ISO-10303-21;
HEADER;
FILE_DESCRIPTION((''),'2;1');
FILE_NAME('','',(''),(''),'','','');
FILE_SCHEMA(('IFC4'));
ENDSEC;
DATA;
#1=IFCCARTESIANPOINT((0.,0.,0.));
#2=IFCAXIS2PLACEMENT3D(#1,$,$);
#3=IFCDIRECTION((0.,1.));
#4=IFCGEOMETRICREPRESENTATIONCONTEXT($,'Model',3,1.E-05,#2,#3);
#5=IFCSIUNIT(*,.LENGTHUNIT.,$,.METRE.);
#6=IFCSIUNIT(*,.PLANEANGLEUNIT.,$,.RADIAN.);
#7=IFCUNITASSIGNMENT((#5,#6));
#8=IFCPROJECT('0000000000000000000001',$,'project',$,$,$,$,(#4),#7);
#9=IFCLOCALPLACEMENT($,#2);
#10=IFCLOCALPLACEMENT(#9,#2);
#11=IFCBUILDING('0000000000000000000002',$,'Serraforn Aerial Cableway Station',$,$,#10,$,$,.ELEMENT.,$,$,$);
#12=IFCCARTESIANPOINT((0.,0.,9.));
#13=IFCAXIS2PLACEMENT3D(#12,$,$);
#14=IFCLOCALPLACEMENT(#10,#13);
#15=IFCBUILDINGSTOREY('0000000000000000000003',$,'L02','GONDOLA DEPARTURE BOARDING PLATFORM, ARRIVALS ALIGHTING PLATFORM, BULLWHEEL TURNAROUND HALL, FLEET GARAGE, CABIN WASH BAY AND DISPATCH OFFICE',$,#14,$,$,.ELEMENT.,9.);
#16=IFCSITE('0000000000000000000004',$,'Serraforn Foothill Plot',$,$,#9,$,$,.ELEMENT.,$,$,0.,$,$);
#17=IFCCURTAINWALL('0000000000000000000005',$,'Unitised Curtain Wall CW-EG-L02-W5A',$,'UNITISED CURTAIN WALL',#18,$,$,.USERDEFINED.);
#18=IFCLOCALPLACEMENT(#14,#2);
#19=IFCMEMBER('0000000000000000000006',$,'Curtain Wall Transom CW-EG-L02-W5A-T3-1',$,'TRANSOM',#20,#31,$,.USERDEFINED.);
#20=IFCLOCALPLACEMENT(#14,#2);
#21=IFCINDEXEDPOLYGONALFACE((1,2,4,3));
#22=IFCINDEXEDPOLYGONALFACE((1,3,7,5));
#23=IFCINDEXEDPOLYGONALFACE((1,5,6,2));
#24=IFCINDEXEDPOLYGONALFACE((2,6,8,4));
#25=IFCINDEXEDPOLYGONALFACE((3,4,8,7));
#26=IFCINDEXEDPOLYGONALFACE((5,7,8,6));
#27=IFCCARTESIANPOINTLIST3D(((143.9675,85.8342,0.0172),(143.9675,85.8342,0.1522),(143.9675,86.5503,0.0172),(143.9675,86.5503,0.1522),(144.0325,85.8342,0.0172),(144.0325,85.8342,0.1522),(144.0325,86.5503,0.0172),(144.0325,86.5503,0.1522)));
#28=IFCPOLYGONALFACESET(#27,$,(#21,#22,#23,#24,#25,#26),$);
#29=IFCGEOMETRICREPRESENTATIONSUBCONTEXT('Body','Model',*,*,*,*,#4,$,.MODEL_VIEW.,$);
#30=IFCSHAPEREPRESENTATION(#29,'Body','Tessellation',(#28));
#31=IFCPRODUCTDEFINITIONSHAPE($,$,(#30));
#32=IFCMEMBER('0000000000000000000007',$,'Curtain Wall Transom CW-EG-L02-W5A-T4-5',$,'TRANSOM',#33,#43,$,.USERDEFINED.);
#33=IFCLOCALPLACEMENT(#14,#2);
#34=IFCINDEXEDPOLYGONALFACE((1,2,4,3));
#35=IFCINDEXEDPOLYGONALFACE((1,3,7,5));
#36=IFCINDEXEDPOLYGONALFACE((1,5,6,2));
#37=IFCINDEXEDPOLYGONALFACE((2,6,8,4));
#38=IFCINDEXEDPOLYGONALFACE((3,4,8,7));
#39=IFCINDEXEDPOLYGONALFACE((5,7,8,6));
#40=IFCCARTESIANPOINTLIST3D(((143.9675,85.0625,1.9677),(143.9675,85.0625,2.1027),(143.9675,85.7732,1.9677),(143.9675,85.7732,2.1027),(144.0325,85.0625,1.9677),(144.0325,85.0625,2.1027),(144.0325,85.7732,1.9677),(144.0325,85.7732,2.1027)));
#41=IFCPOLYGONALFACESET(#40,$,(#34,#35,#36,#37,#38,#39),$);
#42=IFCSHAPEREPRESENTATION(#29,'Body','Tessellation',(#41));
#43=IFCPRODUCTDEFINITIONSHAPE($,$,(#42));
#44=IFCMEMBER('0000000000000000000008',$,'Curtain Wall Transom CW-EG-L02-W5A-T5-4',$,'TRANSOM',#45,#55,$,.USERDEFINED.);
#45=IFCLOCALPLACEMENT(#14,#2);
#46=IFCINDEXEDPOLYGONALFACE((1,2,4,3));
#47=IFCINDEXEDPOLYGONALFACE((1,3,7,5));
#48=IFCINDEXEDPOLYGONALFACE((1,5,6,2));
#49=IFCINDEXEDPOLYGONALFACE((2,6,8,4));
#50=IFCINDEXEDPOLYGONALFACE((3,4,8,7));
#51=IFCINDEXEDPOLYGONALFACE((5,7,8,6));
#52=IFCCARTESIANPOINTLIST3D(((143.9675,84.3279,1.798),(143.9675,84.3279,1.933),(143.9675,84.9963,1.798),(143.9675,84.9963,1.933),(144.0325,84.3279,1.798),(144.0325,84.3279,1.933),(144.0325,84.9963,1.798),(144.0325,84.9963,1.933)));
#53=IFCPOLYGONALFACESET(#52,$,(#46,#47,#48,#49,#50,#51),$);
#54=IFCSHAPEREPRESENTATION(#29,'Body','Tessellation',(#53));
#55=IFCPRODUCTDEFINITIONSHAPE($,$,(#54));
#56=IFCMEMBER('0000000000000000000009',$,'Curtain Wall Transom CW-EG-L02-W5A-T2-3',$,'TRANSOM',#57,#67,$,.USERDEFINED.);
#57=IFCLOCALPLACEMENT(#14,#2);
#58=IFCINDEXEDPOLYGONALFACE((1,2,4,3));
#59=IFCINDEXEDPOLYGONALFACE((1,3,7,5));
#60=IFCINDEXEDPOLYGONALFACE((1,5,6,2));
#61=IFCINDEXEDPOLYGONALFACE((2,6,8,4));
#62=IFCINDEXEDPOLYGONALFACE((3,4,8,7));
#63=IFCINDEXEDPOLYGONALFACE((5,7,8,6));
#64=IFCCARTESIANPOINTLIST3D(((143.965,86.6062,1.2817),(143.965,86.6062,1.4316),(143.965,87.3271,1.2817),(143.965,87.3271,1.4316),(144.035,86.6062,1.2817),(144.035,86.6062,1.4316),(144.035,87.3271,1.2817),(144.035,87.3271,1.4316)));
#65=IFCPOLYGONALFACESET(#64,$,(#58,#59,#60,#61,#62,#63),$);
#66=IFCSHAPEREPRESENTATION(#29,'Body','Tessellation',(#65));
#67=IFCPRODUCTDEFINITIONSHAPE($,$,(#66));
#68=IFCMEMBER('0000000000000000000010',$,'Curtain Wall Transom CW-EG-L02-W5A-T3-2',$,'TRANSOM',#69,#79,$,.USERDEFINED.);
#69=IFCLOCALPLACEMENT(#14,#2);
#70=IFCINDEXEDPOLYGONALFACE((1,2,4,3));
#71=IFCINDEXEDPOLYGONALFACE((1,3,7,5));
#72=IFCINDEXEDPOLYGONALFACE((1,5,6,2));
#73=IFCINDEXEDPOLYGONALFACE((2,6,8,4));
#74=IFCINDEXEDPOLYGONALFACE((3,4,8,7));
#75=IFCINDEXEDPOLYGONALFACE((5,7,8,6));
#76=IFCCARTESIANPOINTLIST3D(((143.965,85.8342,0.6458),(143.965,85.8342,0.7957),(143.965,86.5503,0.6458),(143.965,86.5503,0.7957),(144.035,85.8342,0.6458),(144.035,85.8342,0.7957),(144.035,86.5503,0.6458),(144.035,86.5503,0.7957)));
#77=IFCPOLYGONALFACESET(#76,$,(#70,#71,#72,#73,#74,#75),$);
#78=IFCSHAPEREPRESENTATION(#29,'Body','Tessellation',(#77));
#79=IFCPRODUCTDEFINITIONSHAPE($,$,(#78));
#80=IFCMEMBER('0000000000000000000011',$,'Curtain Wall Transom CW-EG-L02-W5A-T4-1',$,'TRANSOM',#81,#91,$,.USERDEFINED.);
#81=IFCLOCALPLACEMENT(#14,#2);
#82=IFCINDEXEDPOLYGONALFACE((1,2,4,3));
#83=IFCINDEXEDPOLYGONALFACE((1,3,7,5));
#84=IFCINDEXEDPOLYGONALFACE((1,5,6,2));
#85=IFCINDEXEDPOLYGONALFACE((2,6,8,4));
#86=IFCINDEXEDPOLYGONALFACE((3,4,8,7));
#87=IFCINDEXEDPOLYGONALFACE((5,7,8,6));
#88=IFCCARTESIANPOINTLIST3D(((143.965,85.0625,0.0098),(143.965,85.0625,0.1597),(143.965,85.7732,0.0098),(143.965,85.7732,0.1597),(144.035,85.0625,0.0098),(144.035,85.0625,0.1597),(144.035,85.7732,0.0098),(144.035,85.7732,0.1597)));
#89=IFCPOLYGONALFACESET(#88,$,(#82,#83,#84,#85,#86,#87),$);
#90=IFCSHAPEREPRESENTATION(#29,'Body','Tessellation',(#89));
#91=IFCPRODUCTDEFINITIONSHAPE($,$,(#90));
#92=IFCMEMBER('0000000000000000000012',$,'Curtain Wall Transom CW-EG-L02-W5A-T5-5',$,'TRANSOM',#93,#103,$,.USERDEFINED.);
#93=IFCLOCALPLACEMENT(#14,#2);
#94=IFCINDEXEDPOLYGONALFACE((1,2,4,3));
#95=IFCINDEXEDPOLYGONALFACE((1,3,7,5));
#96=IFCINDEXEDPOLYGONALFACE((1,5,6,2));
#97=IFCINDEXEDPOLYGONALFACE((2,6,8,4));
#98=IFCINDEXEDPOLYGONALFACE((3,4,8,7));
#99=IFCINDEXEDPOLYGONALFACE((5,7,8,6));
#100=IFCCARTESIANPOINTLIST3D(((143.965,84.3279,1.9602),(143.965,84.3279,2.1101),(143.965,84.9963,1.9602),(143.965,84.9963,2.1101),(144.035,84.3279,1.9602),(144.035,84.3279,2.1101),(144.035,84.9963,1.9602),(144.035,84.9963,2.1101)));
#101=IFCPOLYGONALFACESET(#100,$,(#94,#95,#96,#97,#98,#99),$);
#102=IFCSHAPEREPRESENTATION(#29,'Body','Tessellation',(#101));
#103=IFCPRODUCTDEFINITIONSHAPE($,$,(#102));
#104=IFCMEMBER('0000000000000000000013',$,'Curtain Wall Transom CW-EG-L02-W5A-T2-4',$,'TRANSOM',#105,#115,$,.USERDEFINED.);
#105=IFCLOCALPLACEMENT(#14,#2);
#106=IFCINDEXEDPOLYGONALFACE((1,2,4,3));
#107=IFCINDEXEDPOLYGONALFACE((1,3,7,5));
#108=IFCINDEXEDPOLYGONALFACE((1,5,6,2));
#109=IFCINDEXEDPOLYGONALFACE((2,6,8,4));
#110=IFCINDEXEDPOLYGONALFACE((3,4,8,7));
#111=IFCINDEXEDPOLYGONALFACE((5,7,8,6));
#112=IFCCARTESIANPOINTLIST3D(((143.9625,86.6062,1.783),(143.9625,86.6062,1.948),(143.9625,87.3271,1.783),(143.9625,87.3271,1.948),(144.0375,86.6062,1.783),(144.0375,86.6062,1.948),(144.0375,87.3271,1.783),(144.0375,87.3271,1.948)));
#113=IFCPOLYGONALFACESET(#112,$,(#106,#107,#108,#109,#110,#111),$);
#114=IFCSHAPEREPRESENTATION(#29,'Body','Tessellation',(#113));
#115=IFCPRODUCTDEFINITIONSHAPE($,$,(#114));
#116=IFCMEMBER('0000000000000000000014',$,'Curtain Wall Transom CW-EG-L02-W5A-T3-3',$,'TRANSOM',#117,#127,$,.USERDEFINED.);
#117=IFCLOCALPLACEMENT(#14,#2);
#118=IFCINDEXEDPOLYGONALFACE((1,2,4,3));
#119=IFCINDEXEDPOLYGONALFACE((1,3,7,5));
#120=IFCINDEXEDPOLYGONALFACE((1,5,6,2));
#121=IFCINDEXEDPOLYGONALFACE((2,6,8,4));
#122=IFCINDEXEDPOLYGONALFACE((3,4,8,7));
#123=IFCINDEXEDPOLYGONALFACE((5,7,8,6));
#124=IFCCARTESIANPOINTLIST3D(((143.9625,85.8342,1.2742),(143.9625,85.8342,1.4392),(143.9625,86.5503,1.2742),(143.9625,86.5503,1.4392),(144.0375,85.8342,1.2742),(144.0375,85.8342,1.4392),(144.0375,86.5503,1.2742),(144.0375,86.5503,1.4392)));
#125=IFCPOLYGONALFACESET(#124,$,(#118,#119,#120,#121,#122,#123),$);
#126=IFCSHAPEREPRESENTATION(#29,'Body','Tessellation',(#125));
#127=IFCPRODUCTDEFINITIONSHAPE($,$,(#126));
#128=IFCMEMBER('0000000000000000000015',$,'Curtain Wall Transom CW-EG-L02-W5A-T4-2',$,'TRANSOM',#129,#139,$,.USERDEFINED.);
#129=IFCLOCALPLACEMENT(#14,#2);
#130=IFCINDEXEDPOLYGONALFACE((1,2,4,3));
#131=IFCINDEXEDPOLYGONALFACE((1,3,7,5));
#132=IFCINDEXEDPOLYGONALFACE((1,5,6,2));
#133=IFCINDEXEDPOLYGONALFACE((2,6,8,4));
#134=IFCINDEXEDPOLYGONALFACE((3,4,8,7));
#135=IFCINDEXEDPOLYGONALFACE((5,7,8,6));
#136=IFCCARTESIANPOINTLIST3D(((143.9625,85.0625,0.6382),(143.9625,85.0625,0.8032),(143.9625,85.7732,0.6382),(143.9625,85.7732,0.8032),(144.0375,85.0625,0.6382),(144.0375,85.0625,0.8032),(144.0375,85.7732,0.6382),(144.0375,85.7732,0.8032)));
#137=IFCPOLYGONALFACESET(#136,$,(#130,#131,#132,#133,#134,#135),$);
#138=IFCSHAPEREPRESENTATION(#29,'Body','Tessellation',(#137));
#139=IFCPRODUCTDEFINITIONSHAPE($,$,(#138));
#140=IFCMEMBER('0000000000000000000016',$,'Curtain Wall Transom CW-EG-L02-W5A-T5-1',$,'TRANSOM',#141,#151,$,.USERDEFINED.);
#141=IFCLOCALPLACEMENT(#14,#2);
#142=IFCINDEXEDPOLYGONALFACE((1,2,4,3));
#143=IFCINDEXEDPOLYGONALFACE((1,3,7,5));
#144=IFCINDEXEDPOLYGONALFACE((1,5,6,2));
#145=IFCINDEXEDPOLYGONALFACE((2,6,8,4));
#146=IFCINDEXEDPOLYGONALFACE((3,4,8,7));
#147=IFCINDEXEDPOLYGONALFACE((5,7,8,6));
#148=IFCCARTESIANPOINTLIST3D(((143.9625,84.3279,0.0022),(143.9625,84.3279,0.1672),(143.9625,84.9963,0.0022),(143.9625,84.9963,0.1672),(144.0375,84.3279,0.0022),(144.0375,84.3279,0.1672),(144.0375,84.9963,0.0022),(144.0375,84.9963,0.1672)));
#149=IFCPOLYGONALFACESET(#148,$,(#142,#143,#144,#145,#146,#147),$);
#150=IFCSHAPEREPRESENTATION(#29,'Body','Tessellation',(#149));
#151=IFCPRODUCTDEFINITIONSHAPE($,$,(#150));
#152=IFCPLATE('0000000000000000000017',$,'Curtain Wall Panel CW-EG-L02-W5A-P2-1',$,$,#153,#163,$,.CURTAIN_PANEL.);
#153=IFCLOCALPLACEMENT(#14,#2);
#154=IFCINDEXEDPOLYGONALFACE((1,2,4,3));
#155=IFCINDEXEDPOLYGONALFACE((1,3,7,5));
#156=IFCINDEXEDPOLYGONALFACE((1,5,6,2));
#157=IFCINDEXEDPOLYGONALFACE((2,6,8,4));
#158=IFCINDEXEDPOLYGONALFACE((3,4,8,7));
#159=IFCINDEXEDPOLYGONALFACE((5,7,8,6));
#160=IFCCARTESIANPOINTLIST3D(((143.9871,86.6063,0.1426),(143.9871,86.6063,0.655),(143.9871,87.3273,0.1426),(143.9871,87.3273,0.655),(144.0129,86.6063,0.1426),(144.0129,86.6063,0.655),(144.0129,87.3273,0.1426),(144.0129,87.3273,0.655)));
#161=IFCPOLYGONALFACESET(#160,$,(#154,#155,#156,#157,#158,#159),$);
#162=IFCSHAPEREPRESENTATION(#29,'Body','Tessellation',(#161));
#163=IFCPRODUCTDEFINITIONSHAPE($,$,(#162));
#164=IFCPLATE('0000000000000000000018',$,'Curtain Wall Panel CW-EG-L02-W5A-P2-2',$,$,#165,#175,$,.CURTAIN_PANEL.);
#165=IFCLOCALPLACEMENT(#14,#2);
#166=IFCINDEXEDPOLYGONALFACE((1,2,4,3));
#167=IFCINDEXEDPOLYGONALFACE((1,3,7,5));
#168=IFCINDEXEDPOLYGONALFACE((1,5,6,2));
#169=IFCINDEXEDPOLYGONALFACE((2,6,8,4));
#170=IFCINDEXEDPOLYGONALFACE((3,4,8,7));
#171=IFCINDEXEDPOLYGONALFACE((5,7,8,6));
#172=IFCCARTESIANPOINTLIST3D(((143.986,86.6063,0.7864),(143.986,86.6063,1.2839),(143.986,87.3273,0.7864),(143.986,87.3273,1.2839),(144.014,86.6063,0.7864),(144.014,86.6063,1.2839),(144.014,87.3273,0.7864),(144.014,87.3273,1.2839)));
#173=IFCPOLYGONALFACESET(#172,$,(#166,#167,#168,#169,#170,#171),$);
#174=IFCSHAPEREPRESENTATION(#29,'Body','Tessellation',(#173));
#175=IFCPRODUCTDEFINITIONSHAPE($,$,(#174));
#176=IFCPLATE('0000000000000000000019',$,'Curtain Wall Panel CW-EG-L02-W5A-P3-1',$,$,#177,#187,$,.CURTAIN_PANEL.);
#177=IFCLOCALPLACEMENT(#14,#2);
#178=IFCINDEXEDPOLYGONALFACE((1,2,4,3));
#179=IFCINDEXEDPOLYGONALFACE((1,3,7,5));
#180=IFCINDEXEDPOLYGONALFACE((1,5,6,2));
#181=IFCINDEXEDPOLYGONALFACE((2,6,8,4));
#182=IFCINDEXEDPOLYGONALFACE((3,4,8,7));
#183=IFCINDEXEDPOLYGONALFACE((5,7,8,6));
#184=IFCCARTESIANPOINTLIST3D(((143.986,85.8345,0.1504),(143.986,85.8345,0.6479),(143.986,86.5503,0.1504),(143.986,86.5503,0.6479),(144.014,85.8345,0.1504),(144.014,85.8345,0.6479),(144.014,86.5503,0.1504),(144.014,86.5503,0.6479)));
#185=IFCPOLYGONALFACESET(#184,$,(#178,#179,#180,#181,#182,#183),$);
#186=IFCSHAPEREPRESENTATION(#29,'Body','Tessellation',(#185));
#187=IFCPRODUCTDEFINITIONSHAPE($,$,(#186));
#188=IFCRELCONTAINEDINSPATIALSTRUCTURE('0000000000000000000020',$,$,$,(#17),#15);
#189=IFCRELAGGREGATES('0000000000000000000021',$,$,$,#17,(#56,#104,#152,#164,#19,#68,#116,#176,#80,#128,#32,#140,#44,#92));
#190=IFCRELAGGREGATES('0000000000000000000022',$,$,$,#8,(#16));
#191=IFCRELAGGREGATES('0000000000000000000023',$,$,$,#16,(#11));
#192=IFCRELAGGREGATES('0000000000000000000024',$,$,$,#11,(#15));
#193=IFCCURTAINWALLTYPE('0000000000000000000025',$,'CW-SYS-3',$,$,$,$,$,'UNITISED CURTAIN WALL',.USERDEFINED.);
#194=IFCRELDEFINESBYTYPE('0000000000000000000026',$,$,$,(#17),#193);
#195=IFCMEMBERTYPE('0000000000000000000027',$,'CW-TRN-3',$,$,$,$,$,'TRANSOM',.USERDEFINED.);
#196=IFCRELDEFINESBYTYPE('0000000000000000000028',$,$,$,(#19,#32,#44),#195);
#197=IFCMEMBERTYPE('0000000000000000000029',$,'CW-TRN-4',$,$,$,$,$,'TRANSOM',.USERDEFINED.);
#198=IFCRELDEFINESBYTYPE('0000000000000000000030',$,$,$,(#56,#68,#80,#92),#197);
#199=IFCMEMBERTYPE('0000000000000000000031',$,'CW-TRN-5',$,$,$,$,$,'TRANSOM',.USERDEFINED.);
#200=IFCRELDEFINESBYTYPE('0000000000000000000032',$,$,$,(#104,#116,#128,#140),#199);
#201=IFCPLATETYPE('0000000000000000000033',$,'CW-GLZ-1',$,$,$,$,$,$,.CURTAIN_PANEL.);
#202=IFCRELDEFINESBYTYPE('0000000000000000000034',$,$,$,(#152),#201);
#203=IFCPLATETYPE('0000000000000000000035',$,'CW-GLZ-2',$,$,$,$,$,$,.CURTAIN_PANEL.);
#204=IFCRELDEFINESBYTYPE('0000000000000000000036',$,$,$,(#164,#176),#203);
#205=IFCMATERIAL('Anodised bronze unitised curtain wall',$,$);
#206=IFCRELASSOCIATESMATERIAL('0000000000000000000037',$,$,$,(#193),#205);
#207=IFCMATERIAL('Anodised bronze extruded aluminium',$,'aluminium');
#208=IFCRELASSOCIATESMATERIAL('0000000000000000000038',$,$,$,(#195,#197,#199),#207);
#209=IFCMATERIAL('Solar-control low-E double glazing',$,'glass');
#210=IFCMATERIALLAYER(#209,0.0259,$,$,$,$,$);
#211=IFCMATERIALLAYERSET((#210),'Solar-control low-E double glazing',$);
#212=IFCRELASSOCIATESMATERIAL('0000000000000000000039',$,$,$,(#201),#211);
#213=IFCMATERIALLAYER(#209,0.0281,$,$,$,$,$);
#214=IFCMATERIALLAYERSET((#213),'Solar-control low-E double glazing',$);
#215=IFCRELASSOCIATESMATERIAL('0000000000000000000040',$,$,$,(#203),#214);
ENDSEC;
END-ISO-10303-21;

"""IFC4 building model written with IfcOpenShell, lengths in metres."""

from ifc_helpers import new_model, si_unit, direction, frame, origin, origin_2d, place, context, subcontext, project, spatial, rectangle, extrude, material, layer, layer_set, material_profile, profile_set, type_object, element, aggregate, save


model = new_model("IFC4")

# Units and contexts
model_context = context("Model", 3, precision=1e-05, world=origin(), true_north=direction((0.0, 1.0)))
body_context = subcontext(model_context, "Body", "Model", "MODEL_VIEW")
ifc_project = project(units=[si_unit("LENGTHUNIT", "METRE"), si_unit("PLANEANGLEUNIT", "RADIAN")], contexts=[model_context])

# Site, building, storey
site_placement = place(None, origin())
site = spatial("IfcSite", under=ifc_project, at=site_placement, Name="Serraforn Foothill Plot", CompositionType="ELEMENT", RefElevation=0.0)
building_placement = place(site_placement, origin())
building = spatial("IfcBuilding", under=site, at=building_placement, Name="Serraforn Aerial Cableway Station", CompositionType="ELEMENT")
storey_placement = place(building_placement, frame((0.0, 0.0, 9.0)))
storey = spatial("IfcBuildingStorey", under=building, at=storey_placement, Name="L02", Description="GONDOLA DEPARTURE BOARDING PLATFORM, ARRIVALS ALIGHTING PLATFORM, BULLWHEEL TURNAROUND HALL, FLEET GARAGE, CABIN WASH BAY AND DISPATCH OFFICE", CompositionType="ELEMENT", Elevation=9.0)

# Curtain wall, members, plates
ifc_material_1 = material(Name="Anodised bronze unitised curtain wall")
curtain_wall_type = type_object("IfcCurtainWallType", Name="CW-SYS-3", ElementType="UNITISED CURTAIN WALL", PredefinedType="USERDEFINED", material=ifc_material_1)
curtain_wall_placement = place(storey_placement, origin())
curtain_wall = element("IfcCurtainWall", 1, at=curtain_wall_placement, inside=storey, type_object=curtain_wall_type, Name="Unitised Curtain Wall CW-EG-L02-W5A", ObjectType="UNITISED CURTAIN WALL", PredefinedType="USERDEFINED")
ifc_material_2 = material(Name="Anodised bronze extruded aluminium", Category="aluminium")
ifc_material_profile_1 = material_profile(ifc_material_2, rectangle(XDim=0.0649, YDim=0.135, at=origin_2d()), Name="CW TRANSOM 65x135")
ifc_profile_set_1 = profile_set([ifc_material_profile_1], Name="Anodised bronze extruded aluminium")
member_type_1 = type_object("IfcMemberType", Name="CW-TRN-3", ElementType="TRANSOM", PredefinedType="USERDEFINED", material=ifc_profile_set_1)
member_1_placement = place(storey_placement, frame((144.0, 86.5503, 0.0847), z_axis=(0.0, -1.0, 0.0), x_axis=(1.0, 0.0, 0.0)))
member_1 = element("IfcMember", 2, at=member_1_placement, type_object=member_type_1, Name="Curtain Wall Transom CW-EG-L02-W5A-T3-1", ObjectType="TRANSOM", PredefinedType="USERDEFINED", context=body_context, shape_type="SweptSolid", body=[
    extrude(rectangle(XDim=0.0649, YDim=0.135, at=origin_2d()), origin(), (0.0, 0.0, 1.0), 0.7161),
])
member_2_placement = place(storey_placement, frame((144.0, 85.7732, 2.0352), z_axis=(0.0, -1.0, 0.0), x_axis=(1.0, 0.0, 0.0)))
member_2 = element("IfcMember", 3, at=member_2_placement, type_object=member_type_1, Name="Curtain Wall Transom CW-EG-L02-W5A-T4-5", ObjectType="TRANSOM", PredefinedType="USERDEFINED", context=body_context, shape_type="SweptSolid", body=[
    extrude(rectangle(XDim=0.0649, YDim=0.135, at=origin_2d()), origin(), (0.0, 0.0, 1.0), 0.7107),
])
member_3_placement = place(storey_placement, frame((144.0, 84.9963, 1.8655), z_axis=(0.0, -1.0, 0.0), x_axis=(1.0, 0.0, 0.0)))
member_3 = element("IfcMember", 4, at=member_3_placement, type_object=member_type_1, Name="Curtain Wall Transom CW-EG-L02-W5A-T5-4", ObjectType="TRANSOM", PredefinedType="USERDEFINED", context=body_context, shape_type="SweptSolid", body=[
    extrude(rectangle(XDim=0.0649, YDim=0.135, at=origin_2d()), origin(), (0.0, 0.0, 1.0), 0.6685),
])
ifc_material_profile_2 = material_profile(ifc_material_2, rectangle(XDim=0.0701, YDim=0.1499, at=origin_2d()), Name="CW TRANSOM 70x150")
ifc_profile_set_2 = profile_set([ifc_material_profile_2], Name="Anodised bronze extruded aluminium")
member_type_2 = type_object("IfcMemberType", Name="CW-TRN-4", ElementType="TRANSOM", PredefinedType="USERDEFINED", material=ifc_profile_set_2)
member_4_placement = place(storey_placement, frame((144.0, 87.3271, 1.3567), z_axis=(0.0, -1.0, 0.0), x_axis=(1.0, 0.0, 0.0)))
member_4 = element("IfcMember", 5, at=member_4_placement, type_object=member_type_2, Name="Curtain Wall Transom CW-EG-L02-W5A-T2-3", ObjectType="TRANSOM", PredefinedType="USERDEFINED", context=body_context, shape_type="SweptSolid", body=[
    extrude(rectangle(XDim=0.0701, YDim=0.1499, at=origin_2d()), origin(), (0.0, 0.0, 1.0), 0.7209),
])
member_5_placement = place(storey_placement, frame((144.0, 86.5503, 0.7207), z_axis=(0.0, -1.0, 0.0), x_axis=(1.0, 0.0, 0.0)))
member_5 = element("IfcMember", 6, at=member_5_placement, type_object=member_type_2, Name="Curtain Wall Transom CW-EG-L02-W5A-T3-2", ObjectType="TRANSOM", PredefinedType="USERDEFINED", context=body_context, shape_type="SweptSolid", body=[
    extrude(rectangle(XDim=0.0701, YDim=0.1499, at=origin_2d()), origin(), (0.0, 0.0, 1.0), 0.7161),
])
member_6_placement = place(storey_placement, frame((144.0, 85.7732, 0.0847), z_axis=(0.0, -1.0, 0.0), x_axis=(1.0, 0.0, 0.0)))
member_6 = element("IfcMember", 7, at=member_6_placement, type_object=member_type_2, Name="Curtain Wall Transom CW-EG-L02-W5A-T4-1", ObjectType="TRANSOM", PredefinedType="USERDEFINED", context=body_context, shape_type="SweptSolid", body=[
    extrude(rectangle(XDim=0.0701, YDim=0.1499, at=origin_2d()), origin(), (0.0, 0.0, 1.0), 0.7107),
])
member_7_placement = place(storey_placement, frame((144.0, 84.9963, 2.0352), z_axis=(0.0, -1.0, 0.0), x_axis=(1.0, 0.0, 0.0)))
member_7 = element("IfcMember", 8, at=member_7_placement, type_object=member_type_2, Name="Curtain Wall Transom CW-EG-L02-W5A-T5-5", ObjectType="TRANSOM", PredefinedType="USERDEFINED", context=body_context, shape_type="SweptSolid", body=[
    extrude(rectangle(XDim=0.0701, YDim=0.1499, at=origin_2d()), origin(), (0.0, 0.0, 1.0), 0.6685),
])
ifc_material_profile_3 = material_profile(ifc_material_2, rectangle(XDim=0.075, YDim=0.165, at=origin_2d()), Name="CW TRANSOM 75x165")
ifc_profile_set_3 = profile_set([ifc_material_profile_3], Name="Anodised bronze extruded aluminium")
member_type_3 = type_object("IfcMemberType", Name="CW-TRN-5", ElementType="TRANSOM", PredefinedType="USERDEFINED", material=ifc_profile_set_3)
member_8_placement = place(storey_placement, frame((144.0, 87.3271, 1.8655), z_axis=(0.0, -1.0, 0.0), x_axis=(1.0, 0.0, 0.0)))
member_8 = element("IfcMember", 9, at=member_8_placement, type_object=member_type_3, Name="Curtain Wall Transom CW-EG-L02-W5A-T2-4", ObjectType="TRANSOM", PredefinedType="USERDEFINED", context=body_context, shape_type="SweptSolid", body=[
    extrude(rectangle(XDim=0.075, YDim=0.165, at=origin_2d()), origin(), (0.0, 0.0, 1.0), 0.7209),
])
member_9_placement = place(storey_placement, frame((144.0, 86.5503, 1.3567), z_axis=(0.0, -1.0, 0.0), x_axis=(1.0, 0.0, 0.0)))
member_9 = element("IfcMember", 10, at=member_9_placement, type_object=member_type_3, Name="Curtain Wall Transom CW-EG-L02-W5A-T3-3", ObjectType="TRANSOM", PredefinedType="USERDEFINED", context=body_context, shape_type="SweptSolid", body=[
    extrude(rectangle(XDim=0.075, YDim=0.165, at=origin_2d()), origin(), (0.0, 0.0, 1.0), 0.7161),
])
member_10_placement = place(storey_placement, frame((144.0, 85.7732, 0.7207), z_axis=(0.0, -1.0, 0.0), x_axis=(1.0, 0.0, 0.0)))
member_10 = element("IfcMember", 11, at=member_10_placement, type_object=member_type_3, Name="Curtain Wall Transom CW-EG-L02-W5A-T4-2", ObjectType="TRANSOM", PredefinedType="USERDEFINED", context=body_context, shape_type="SweptSolid", body=[
    extrude(rectangle(XDim=0.075, YDim=0.165, at=origin_2d()), origin(), (0.0, 0.0, 1.0), 0.7107),
])
member_11_placement = place(storey_placement, frame((144.0, 84.9963, 0.0847), z_axis=(0.0, -1.0, 0.0), x_axis=(1.0, 0.0, 0.0)))
member_11 = element("IfcMember", 12, at=member_11_placement, type_object=member_type_3, Name="Curtain Wall Transom CW-EG-L02-W5A-T5-1", ObjectType="TRANSOM", PredefinedType="USERDEFINED", context=body_context, shape_type="SweptSolid", body=[
    extrude(rectangle(XDim=0.075, YDim=0.165, at=origin_2d()), origin(), (0.0, 0.0, 1.0), 0.6685),
])
ifc_material_3 = material(Name="Solar-control low-E double glazing", Category="glass")
ifc_layer_1 = layer(ifc_material_3, 0.0259)
ifc_layer_set_1 = layer_set([ifc_layer_1], Name="Solar-control low-E double glazing")
plate_type_1 = type_object("IfcPlateType", Name="CW-GLZ-1", PredefinedType="CURTAIN_PANEL", material=ifc_layer_set_1)
plate_1_placement = place(storey_placement, frame((144.0, 86.9668, 0.1426), z_axis=(0.0, 0.0, 1.0), x_axis=(1.0, 0.0, 0.0)))
plate_1 = element("IfcPlate", 13, at=plate_1_placement, type_object=plate_type_1, Name="Curtain Wall Panel CW-EG-L02-W5A-P2-1", PredefinedType="CURTAIN_PANEL", context=body_context, shape_type="SweptSolid", body=[
    extrude(rectangle(XDim=0.0259, YDim=0.7209, at=origin_2d()), origin(), (0.0, 0.0, 1.0), 0.5125),
])
ifc_layer_2 = layer(ifc_material_3, 0.0281)
ifc_layer_set_2 = layer_set([ifc_layer_2], Name="Solar-control low-E double glazing")
plate_type_2 = type_object("IfcPlateType", Name="CW-GLZ-2", PredefinedType="CURTAIN_PANEL", material=ifc_layer_set_2)
plate_2_placement = place(storey_placement, frame((144.0, 86.9668, 0.7864), z_axis=(0.0, 0.0, 1.0), x_axis=(1.0, 0.0, 0.0)))
plate_2 = element("IfcPlate", 14, at=plate_2_placement, type_object=plate_type_2, Name="Curtain Wall Panel CW-EG-L02-W5A-P2-2", PredefinedType="CURTAIN_PANEL", context=body_context, shape_type="SweptSolid", body=[
    extrude(rectangle(XDim=0.0281, YDim=0.7209, at=origin_2d()), origin(), (0.0, 0.0, 1.0), 0.4976),
])
plate_3_placement = place(storey_placement, frame((144.0, 86.1924, 0.1504), z_axis=(0.0, 0.0, 1.0), x_axis=(1.0, 0.0, 0.0)))
plate_3 = element("IfcPlate", 15, at=plate_3_placement, type_object=plate_type_2, Name="Curtain Wall Panel CW-EG-L02-W5A-P3-1", PredefinedType="CURTAIN_PANEL", context=body_context, shape_type="SweptSolid", body=[
    extrude(rectangle(XDim=0.0281, YDim=0.7158, at=origin_2d()), origin(), (0.0, 0.0, 1.0), 0.4976),
])
aggregate(curtain_wall, [member_4, member_8, plate_1, plate_2, member_1, member_5, member_9, plate_3, member_6, member_10, member_2, member_11, member_3, member_7])

save(model, "model.ifc")
